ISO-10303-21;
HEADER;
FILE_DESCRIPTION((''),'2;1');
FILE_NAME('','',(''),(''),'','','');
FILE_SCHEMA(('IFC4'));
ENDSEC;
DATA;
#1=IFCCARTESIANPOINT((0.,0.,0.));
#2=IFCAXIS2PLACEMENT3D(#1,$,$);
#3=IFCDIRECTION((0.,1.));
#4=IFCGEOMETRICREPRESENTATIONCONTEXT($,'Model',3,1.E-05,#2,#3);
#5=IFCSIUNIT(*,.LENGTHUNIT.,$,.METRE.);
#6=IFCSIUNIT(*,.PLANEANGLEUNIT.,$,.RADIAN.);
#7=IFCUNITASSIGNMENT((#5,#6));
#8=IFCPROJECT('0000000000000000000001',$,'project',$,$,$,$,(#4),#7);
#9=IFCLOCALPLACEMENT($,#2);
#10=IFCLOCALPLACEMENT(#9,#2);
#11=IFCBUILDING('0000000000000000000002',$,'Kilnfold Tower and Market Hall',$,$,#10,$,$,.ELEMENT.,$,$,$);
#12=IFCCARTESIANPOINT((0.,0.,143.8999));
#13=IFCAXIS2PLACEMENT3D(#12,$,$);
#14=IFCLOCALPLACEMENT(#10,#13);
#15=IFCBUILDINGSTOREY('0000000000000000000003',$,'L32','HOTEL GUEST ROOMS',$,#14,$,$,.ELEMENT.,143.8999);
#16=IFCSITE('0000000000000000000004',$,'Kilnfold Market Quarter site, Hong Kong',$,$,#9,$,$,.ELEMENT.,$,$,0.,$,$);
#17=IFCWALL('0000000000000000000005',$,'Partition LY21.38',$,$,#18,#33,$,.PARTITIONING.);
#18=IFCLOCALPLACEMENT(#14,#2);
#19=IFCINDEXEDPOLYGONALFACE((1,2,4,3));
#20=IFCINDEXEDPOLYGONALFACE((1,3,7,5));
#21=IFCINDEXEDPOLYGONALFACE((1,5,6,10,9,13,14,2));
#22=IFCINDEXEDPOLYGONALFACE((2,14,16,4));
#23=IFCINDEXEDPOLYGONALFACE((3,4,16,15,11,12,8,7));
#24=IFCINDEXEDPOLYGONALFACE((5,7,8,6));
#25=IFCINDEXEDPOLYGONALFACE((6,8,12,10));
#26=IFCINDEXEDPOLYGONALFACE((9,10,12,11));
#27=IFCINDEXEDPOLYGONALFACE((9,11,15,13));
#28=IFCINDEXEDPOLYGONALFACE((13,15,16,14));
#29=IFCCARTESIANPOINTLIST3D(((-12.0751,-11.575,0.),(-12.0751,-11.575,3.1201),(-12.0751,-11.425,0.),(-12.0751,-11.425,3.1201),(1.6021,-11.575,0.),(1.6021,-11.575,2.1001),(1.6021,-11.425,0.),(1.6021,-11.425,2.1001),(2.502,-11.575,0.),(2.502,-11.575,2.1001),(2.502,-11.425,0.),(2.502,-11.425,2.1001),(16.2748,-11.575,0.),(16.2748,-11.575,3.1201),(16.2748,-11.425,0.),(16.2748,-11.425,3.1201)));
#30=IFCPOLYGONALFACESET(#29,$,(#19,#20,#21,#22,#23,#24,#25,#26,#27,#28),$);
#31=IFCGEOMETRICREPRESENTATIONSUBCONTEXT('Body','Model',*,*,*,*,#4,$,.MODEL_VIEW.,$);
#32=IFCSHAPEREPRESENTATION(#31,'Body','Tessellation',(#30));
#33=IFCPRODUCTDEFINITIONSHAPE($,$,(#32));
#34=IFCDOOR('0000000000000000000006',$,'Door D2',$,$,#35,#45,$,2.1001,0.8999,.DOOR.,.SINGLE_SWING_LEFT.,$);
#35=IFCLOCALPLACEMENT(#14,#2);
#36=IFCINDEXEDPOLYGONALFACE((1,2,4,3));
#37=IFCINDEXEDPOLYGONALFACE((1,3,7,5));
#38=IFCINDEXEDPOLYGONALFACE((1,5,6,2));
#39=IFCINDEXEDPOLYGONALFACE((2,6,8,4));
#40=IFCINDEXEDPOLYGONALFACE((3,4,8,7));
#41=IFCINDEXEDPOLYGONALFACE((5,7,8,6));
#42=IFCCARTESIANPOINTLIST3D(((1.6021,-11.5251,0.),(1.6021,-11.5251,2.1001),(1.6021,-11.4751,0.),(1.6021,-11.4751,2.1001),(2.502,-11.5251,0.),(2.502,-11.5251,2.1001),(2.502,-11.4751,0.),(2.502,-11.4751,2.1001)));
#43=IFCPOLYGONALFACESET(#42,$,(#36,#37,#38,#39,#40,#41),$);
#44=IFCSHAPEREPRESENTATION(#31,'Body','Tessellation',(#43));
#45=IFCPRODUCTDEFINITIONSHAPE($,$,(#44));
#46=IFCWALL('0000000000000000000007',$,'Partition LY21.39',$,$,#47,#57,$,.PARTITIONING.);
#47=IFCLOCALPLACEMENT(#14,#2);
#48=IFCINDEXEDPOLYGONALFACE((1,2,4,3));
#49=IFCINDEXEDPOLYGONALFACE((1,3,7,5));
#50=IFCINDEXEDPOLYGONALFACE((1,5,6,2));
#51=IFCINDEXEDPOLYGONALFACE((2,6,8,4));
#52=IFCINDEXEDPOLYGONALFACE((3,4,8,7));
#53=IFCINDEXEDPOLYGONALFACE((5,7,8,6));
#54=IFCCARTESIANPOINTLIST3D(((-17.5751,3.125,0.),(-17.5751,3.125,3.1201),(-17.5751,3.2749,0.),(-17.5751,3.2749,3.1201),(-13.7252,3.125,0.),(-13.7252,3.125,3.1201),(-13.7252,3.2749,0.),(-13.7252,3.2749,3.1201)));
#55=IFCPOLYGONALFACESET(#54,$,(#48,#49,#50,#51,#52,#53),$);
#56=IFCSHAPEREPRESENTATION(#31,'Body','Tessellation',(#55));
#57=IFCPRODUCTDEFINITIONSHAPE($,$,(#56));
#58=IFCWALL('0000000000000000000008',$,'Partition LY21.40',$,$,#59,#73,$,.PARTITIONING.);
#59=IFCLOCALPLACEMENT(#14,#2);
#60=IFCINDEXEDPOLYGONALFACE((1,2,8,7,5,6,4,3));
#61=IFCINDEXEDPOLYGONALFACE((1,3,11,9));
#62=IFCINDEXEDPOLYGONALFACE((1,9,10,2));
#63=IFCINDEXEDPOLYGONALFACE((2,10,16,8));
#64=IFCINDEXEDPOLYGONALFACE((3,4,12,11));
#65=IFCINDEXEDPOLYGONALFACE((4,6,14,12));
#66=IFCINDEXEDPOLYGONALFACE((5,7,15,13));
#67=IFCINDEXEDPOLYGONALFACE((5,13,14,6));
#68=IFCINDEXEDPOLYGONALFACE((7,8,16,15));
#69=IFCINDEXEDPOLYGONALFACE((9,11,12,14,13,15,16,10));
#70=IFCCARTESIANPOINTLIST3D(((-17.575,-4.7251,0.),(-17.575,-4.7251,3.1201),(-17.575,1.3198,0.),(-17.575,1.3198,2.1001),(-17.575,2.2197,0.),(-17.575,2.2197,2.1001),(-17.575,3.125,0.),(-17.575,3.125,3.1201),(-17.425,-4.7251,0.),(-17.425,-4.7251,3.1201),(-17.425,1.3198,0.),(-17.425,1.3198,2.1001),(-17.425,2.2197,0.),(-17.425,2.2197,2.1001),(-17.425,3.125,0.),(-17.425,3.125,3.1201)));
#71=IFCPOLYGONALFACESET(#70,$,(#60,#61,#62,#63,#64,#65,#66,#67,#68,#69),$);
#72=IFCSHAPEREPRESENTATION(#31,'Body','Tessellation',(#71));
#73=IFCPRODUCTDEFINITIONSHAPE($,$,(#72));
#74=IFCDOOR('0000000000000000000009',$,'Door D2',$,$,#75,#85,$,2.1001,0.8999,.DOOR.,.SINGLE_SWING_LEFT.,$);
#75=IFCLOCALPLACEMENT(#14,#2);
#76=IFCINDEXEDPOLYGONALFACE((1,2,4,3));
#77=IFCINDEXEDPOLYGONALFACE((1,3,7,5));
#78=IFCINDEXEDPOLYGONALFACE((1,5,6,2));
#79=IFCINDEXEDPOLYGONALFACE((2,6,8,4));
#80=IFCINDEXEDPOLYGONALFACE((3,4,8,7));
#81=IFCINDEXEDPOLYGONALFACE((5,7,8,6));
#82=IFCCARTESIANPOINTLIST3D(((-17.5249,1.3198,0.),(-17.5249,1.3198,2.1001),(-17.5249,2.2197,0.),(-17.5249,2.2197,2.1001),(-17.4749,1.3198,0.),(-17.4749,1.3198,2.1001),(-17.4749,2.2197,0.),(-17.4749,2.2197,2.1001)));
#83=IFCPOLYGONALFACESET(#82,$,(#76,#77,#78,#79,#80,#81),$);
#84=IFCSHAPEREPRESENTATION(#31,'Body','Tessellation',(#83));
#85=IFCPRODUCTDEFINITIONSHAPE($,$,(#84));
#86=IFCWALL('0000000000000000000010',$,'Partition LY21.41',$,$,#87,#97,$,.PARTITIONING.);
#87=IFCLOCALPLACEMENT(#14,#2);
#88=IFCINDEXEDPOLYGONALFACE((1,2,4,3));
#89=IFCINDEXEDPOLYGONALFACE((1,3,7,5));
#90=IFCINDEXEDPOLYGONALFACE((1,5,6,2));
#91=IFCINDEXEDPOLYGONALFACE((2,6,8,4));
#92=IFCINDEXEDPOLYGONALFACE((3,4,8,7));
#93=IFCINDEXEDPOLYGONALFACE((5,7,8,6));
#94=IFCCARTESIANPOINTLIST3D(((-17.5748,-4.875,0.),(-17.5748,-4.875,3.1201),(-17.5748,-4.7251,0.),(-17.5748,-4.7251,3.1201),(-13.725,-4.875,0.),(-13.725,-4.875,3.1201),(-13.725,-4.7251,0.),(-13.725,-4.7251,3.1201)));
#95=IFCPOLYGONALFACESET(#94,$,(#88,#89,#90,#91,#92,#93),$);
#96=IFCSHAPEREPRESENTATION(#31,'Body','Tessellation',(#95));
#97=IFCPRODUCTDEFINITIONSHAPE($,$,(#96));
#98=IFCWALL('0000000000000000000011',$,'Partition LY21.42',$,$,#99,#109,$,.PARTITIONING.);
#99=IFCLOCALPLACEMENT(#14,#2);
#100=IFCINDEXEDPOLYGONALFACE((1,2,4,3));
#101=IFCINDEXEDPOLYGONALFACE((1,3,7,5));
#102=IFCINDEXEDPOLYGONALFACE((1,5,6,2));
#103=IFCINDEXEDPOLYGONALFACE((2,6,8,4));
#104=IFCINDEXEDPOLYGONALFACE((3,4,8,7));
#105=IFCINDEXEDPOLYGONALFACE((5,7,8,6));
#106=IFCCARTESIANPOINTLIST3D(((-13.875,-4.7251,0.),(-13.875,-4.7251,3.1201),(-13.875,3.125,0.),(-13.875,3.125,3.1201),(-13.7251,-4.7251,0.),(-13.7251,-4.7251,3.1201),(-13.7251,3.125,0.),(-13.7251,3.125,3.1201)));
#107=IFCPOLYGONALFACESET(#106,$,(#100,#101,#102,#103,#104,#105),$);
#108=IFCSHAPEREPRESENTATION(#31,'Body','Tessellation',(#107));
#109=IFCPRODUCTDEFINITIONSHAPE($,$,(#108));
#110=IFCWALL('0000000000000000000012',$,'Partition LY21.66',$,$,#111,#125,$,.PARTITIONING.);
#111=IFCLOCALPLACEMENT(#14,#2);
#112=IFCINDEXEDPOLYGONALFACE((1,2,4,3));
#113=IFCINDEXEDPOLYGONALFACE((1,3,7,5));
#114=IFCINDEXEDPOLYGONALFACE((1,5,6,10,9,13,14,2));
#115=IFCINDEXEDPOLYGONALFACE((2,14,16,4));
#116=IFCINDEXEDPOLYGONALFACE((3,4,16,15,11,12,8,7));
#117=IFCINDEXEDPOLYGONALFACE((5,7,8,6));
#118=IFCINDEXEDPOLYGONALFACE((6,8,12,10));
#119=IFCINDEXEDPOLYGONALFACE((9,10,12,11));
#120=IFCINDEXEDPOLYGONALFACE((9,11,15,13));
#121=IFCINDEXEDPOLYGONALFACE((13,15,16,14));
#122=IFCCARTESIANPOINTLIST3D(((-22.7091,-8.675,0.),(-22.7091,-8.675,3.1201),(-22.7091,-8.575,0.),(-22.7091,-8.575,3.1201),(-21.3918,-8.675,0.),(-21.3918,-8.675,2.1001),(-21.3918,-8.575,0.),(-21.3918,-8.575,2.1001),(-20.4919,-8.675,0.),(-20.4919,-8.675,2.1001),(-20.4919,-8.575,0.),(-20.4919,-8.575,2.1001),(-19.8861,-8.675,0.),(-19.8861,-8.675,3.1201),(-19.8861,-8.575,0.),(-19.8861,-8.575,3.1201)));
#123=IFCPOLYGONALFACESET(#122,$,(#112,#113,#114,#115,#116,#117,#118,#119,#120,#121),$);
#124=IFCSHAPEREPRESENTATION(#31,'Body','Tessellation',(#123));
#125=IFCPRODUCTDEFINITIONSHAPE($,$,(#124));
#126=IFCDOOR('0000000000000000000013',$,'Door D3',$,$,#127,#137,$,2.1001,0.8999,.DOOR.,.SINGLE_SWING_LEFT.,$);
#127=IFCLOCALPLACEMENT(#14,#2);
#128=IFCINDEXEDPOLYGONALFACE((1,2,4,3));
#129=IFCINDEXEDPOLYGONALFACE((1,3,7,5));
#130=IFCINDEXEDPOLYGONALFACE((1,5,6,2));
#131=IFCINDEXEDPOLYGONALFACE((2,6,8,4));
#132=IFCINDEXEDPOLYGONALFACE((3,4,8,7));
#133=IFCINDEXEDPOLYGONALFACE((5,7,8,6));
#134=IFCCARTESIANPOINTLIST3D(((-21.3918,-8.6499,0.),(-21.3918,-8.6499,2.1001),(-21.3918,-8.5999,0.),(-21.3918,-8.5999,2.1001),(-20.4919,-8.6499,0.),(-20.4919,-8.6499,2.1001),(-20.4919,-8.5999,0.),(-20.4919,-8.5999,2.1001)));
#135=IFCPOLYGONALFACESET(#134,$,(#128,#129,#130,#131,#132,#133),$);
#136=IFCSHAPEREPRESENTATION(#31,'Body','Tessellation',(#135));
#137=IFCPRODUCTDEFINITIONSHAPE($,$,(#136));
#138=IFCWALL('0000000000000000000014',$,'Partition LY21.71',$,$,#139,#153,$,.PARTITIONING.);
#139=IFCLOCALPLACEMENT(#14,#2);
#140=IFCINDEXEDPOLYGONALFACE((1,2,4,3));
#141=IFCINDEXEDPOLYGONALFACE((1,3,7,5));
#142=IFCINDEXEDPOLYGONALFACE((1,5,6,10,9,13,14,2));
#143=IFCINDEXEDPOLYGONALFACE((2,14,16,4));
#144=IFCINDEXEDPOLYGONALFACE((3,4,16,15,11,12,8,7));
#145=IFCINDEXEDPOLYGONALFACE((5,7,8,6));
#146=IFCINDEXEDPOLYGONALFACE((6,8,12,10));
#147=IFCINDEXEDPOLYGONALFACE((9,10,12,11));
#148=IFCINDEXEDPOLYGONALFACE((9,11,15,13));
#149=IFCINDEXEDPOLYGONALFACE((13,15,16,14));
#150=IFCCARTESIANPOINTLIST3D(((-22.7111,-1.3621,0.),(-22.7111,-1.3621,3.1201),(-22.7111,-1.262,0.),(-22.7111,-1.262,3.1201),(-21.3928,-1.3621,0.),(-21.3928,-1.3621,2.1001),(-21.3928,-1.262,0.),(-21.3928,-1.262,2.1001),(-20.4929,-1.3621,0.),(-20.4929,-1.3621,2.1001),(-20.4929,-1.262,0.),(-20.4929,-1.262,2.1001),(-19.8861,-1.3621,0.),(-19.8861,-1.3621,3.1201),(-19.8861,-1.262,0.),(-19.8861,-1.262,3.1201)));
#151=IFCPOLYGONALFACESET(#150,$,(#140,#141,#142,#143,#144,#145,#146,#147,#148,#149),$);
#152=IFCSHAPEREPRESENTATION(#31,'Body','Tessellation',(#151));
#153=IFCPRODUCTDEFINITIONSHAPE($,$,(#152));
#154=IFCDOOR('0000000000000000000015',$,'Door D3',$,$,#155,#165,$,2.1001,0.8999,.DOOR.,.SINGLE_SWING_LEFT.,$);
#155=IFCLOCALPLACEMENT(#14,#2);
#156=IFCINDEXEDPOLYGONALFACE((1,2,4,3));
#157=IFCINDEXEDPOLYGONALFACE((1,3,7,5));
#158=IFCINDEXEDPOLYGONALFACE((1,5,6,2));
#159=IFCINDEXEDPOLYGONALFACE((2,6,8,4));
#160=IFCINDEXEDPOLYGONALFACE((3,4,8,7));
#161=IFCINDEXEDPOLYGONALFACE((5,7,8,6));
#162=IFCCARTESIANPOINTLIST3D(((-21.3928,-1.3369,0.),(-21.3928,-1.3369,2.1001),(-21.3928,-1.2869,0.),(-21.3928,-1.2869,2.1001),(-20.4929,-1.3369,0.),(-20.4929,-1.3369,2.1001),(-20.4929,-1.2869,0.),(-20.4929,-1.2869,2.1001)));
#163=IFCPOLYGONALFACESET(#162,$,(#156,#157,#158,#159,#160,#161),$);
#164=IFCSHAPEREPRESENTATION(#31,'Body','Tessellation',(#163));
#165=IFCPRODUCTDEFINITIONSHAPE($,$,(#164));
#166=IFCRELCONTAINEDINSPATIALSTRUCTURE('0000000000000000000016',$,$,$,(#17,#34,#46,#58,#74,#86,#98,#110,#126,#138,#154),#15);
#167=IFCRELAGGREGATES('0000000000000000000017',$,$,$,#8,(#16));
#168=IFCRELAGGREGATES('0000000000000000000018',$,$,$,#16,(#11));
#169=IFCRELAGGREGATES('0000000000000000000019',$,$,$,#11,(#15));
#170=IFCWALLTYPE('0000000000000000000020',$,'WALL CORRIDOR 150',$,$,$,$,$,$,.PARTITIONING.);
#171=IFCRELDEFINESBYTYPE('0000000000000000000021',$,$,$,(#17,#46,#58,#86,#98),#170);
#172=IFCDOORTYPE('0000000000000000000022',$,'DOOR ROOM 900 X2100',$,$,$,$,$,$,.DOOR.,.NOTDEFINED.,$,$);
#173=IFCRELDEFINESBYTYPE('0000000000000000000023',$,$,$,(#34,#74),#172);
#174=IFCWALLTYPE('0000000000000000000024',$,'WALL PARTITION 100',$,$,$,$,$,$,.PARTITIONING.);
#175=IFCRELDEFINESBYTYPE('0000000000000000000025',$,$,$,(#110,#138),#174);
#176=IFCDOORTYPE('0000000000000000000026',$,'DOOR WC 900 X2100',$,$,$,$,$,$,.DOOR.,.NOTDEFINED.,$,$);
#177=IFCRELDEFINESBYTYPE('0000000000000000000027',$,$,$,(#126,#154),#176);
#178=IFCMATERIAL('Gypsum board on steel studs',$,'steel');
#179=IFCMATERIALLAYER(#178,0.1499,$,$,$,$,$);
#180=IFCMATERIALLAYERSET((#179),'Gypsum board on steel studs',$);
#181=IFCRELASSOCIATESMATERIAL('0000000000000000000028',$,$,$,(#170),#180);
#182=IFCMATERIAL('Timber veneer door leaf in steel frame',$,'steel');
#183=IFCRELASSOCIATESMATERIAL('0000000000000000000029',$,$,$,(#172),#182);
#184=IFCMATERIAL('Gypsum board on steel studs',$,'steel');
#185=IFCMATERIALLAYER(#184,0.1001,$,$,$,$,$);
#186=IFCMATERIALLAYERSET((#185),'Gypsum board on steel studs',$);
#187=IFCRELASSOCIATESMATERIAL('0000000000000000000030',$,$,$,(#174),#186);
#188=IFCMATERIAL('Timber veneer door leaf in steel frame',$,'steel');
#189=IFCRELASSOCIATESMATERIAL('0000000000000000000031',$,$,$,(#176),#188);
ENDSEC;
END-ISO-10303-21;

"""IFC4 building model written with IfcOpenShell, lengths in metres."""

from ifc_helpers import new_model, si_unit, direction, frame, frame_2d, origin, place, context, subcontext, project, spatial, rectangle, extrude, material, layer, layer_set, type_object, element, fill, save


model = new_model("IFC4")

# Units and contexts
model_context = context("Model", 3, precision=1e-05, world=origin(), true_north=direction((0.0, 1.0)))
body_context = subcontext(model_context, "Body", "Model", "MODEL_VIEW")
ifc_project = project(units=[si_unit("LENGTHUNIT", "METRE"), si_unit("PLANEANGLEUNIT", "RADIAN")], contexts=[model_context])

# Site, building, storey
site_placement = place(None, origin())
site = spatial("IfcSite", under=ifc_project, at=site_placement, Name="Kilnfold Market Quarter site, Hong Kong", CompositionType="ELEMENT", RefElevation=0.0)
building_placement = place(site_placement, origin())
building = spatial("IfcBuilding", under=site, at=building_placement, Name="Kilnfold Tower and Market Hall", CompositionType="ELEMENT")
storey_placement = place(building_placement, frame((0.0, 0.0, 143.8999)))
storey = spatial("IfcBuildingStorey", under=building, at=storey_placement, Name="L32", Description="HOTEL GUEST ROOMS", CompositionType="ELEMENT", Elevation=143.8999)

# Shared definitions
ifc_material_1 = material(Name="Gypsum board on steel studs", Category="steel")
ifc_layer_1 = layer(ifc_material_1, 0.1499)
ifc_layer_set_1 = layer_set([ifc_layer_1], Name="Gypsum board on steel studs")
wall_type_1 = type_object("IfcWallType", Name="WALL CORRIDOR 150", PredefinedType="PARTITIONING", material=ifc_layer_set_1)

# Wall, opening, door
ifc_material_2 = material(Name="Timber veneer door leaf in steel frame", Category="steel")
door_type_1 = type_object("IfcDoorType", Name="DOOR ROOM 900 X2100", OperationType="NOTDEFINED", PredefinedType="DOOR", material=ifc_material_2)
wall_1_placement = place(storey_placement, frame((-12.075, -11.5, 0.0), z_axis=(0.0, 0.0, 1.0), x_axis=(1.0, 0.0, 0.0)))
wall_1 = element("IfcWall", 1, at=wall_1_placement, inside=storey, type_object=wall_type_1, Name="Partition LY21.38", PredefinedType="PARTITIONING", context=body_context, shape_type="SweptSolid", body=[
    extrude(rectangle(XDim=28.3499, YDim=0.1499, at=frame_2d((14.1748, 0.0))), origin(), (0.0, 0.0, 1.0), 3.1201),
])
opening_1_placement = place(wall_1_placement, frame((13.677, 0.0, 0.0)))
opening_1 = element("IfcOpeningElement", 2, at=opening_1_placement, cuts=wall_1, PredefinedType="OPENING", context=body_context, shape_type="SweptSolid", body=[
    extrude(rectangle(XDim=0.8999, YDim=2.1001, at=frame_2d((0.45, 1.05))), frame((0.0, 0.085, 0.0), z_axis=(0.0, -1.0, 0.0), x_axis=(1.0, 0.0, 0.0)), (0.0, 0.0, 1.0), 0.1699),
])
door_1_placement = place(opening_1_placement, origin())
door_1 = element("IfcDoor", 3, at=door_1_placement, inside=storey, type_object=door_type_1, Name="Door D2", OperationType="SINGLE_SWING_LEFT", OverallHeight=2.1001, OverallWidth=0.8999, PredefinedType="DOOR", context=body_context, shape_type="SweptSolid", body=[
    extrude(rectangle(XDim=0.8999, YDim=2.1001, at=frame_2d((0.45, 1.05))), frame((0.0, 0.0249, 0.0), z_axis=(0.0, -1.0, 0.0), x_axis=(1.0, 0.0, 0.0)), (0.0, 0.0, 1.0), 0.05),
])
fill(opening_1, door_1)

# Wall
wall_2_placement = place(storey_placement, frame((-17.575, 3.2, 0.0), z_axis=(0.0, 0.0, 1.0), x_axis=(1.0, 0.0, 0.0)))
element("IfcWall", 4, at=wall_2_placement, inside=storey, type_object=wall_type_1, Name="Partition LY21.39", PredefinedType="PARTITIONING", context=body_context, shape_type="SweptSolid", body=[
    extrude(rectangle(XDim=3.8499, YDim=0.1499, at=frame_2d((1.9248, 0.0))), origin(), (0.0, 0.0, 1.0), 3.1201),
])

# Wall, opening, door
wall_3_placement = place(storey_placement, frame((-17.5, -4.7251, 0.0), z_axis=(0.0, 0.0, 1.0), x_axis=(0.0, 1.0, 0.0)))
wall_3 = element("IfcWall", 5, at=wall_3_placement, inside=storey, type_object=wall_type_1, Name="Partition LY21.40", PredefinedType="PARTITIONING", context=body_context, shape_type="SweptSolid", body=[
    extrude(rectangle(XDim=7.8501, YDim=0.1499, at=frame_2d((3.925, 0.0))), origin(), (0.0, 0.0, 1.0), 3.1201),
])
opening_2_placement = place(wall_3_placement, frame((6.0449, 0.0, 0.0)))
opening_2 = element("IfcOpeningElement", 6, at=opening_2_placement, cuts=wall_3, PredefinedType="OPENING", context=body_context, shape_type="SweptSolid", body=[
    extrude(rectangle(XDim=0.8999, YDim=2.1001, at=frame_2d((0.45, 1.05))), frame((0.0, 0.085, 0.0), z_axis=(0.0, -1.0, 0.0), x_axis=(1.0, 0.0, 0.0)), (0.0, 0.0, 1.0), 0.1699),
])
door_2_placement = place(opening_2_placement, origin())
door_2 = element("IfcDoor", 7, at=door_2_placement, inside=storey, type_object=door_type_1, Name="Door D2", OperationType="SINGLE_SWING_LEFT", OverallHeight=2.1001, OverallWidth=0.8999, PredefinedType="DOOR", context=body_context, shape_type="SweptSolid", body=[
    extrude(rectangle(XDim=0.8999, YDim=2.1001, at=frame_2d((0.45, 1.05))), frame((0.0, 0.0249, 0.0), z_axis=(0.0, -1.0, 0.0), x_axis=(1.0, 0.0, 0.0)), (0.0, 0.0, 1.0), 0.05),
])
fill(opening_2, door_2)

# Walls
wall_4_placement = place(storey_placement, frame((-13.7251, -4.8, 0.0), z_axis=(0.0, 0.0, 1.0), x_axis=(-1.0, 0.0, 0.0)))
element("IfcWall", 8, at=wall_4_placement, inside=storey, type_object=wall_type_1, Name="Partition LY21.41", PredefinedType="PARTITIONING", context=body_context, shape_type="SweptSolid", body=[
    extrude(rectangle(XDim=3.8499, YDim=0.1499, at=frame_2d((1.9248, 0.0))), origin(), (0.0, 0.0, 1.0), 3.1201),
])
wall_5_placement = place(storey_placement, frame((-13.8, 3.125, 0.0), z_axis=(0.0, 0.0, 1.0), x_axis=(0.0, -1.0, 0.0)))
element("IfcWall", 9, at=wall_5_placement, inside=storey, type_object=wall_type_1, Name="Partition LY21.42", PredefinedType="PARTITIONING", context=body_context, shape_type="SweptSolid", body=[
    extrude(rectangle(XDim=7.8501, YDim=0.1499, at=frame_2d((3.925, 0.0))), origin(), (0.0, 0.0, 1.0), 3.1201),
])

# Walls, openings, doors
ifc_material_3 = material(Name="Gypsum board on steel studs", Category="steel")
ifc_layer_2 = layer(ifc_material_3, 0.1001)
ifc_layer_set_2 = layer_set([ifc_layer_2], Name="Gypsum board on steel studs")
wall_type_2 = type_object("IfcWallType", Name="WALL PARTITION 100", PredefinedType="PARTITIONING", material=ifc_layer_set_2)
wall_6_placement = place(storey_placement, frame((-19.886, -8.625, 0.0), z_axis=(0.0, 0.0, 1.0), x_axis=(-1.0, 0.0, 0.0)))
wall_6 = element("IfcWall", 10, at=wall_6_placement, inside=storey, type_object=wall_type_2, Name="Partition LY21.66", PredefinedType="PARTITIONING", context=body_context, shape_type="SweptSolid", body=[
    extrude(rectangle(XDim=2.823, YDim=0.1001, at=frame_2d((1.4116, 0.0))), origin(), (0.0, 0.0, 1.0), 3.1201),
])
opening_3_placement = place(wall_6_placement, frame((0.606, 0.0, 0.0)))
opening_3 = element("IfcOpeningElement", 11, at=opening_3_placement, cuts=wall_6, PredefinedType="OPENING", context=body_context, shape_type="SweptSolid", body=[
    extrude(rectangle(XDim=0.8999, YDim=2.1001, at=frame_2d((0.45, 1.05))), frame((0.0, 0.0601, 0.0), z_axis=(0.0, -1.0, 0.0), x_axis=(1.0, 0.0, 0.0)), (0.0, 0.0, 1.0), 0.1201),
])
ifc_material_4 = material(Name="Timber veneer door leaf in steel frame", Category="steel")
door_type_2 = type_object("IfcDoorType", Name="DOOR WC 900 X2100", OperationType="NOTDEFINED", PredefinedType="DOOR", material=ifc_material_4)
door_3_placement = place(opening_3_placement, origin())
door_3 = element("IfcDoor", 12, at=door_3_placement, inside=storey, type_object=door_type_2, Name="Door D3", OperationType="SINGLE_SWING_LEFT", OverallHeight=2.1001, OverallWidth=0.8999, PredefinedType="DOOR", context=body_context, shape_type="SweptSolid", body=[
    extrude(rectangle(XDim=0.8999, YDim=2.1001, at=frame_2d((0.45, 1.05))), frame((0.0, 0.0249, 0.0), z_axis=(0.0, -1.0, 0.0), x_axis=(1.0, 0.0, 0.0)), (0.0, 0.0, 1.0), 0.05),
])
fill(opening_3, door_3)
wall_7_placement = place(storey_placement, frame((-19.886, -1.312, 0.0), z_axis=(0.0, 0.0, 1.0), x_axis=(-1.0, 0.0, 0.0)))
wall_7 = element("IfcWall", 13, at=wall_7_placement, inside=storey, type_object=wall_type_2, Name="Partition LY21.71", PredefinedType="PARTITIONING", context=body_context, shape_type="SweptSolid", body=[
    extrude(rectangle(XDim=2.825, YDim=0.1001, at=frame_2d((1.4126, 0.0))), origin(), (0.0, 0.0, 1.0), 3.1201),
])
opening_4_placement = place(wall_7_placement, frame((0.6069, 0.0, 0.0)))
opening_4 = element("IfcOpeningElement", 14, at=opening_4_placement, cuts=wall_7, PredefinedType="OPENING", context=body_context, shape_type="SweptSolid", body=[
    extrude(rectangle(XDim=0.8999, YDim=2.1001, at=frame_2d((0.45, 1.05))), frame((0.0, 0.0601, 0.0), z_axis=(0.0, -1.0, 0.0), x_axis=(1.0, 0.0, 0.0)), (0.0, 0.0, 1.0), 0.1201),
])
door_4_placement = place(opening_4_placement, origin())
door_4 = element("IfcDoor", 15, at=door_4_placement, inside=storey, type_object=door_type_2, Name="Door D3", OperationType="SINGLE_SWING_LEFT", OverallHeight=2.1001, OverallWidth=0.8999, PredefinedType="DOOR", context=body_context, shape_type="SweptSolid", body=[
    extrude(rectangle(XDim=0.8999, YDim=2.1001, at=frame_2d((0.45, 1.05))), frame((0.0, 0.0249, 0.0), z_axis=(0.0, -1.0, 0.0), x_axis=(1.0, 0.0, 0.0)), (0.0, 0.0, 1.0), 0.05),
])
fill(opening_4, door_4)

save(model, "model.ifc")
